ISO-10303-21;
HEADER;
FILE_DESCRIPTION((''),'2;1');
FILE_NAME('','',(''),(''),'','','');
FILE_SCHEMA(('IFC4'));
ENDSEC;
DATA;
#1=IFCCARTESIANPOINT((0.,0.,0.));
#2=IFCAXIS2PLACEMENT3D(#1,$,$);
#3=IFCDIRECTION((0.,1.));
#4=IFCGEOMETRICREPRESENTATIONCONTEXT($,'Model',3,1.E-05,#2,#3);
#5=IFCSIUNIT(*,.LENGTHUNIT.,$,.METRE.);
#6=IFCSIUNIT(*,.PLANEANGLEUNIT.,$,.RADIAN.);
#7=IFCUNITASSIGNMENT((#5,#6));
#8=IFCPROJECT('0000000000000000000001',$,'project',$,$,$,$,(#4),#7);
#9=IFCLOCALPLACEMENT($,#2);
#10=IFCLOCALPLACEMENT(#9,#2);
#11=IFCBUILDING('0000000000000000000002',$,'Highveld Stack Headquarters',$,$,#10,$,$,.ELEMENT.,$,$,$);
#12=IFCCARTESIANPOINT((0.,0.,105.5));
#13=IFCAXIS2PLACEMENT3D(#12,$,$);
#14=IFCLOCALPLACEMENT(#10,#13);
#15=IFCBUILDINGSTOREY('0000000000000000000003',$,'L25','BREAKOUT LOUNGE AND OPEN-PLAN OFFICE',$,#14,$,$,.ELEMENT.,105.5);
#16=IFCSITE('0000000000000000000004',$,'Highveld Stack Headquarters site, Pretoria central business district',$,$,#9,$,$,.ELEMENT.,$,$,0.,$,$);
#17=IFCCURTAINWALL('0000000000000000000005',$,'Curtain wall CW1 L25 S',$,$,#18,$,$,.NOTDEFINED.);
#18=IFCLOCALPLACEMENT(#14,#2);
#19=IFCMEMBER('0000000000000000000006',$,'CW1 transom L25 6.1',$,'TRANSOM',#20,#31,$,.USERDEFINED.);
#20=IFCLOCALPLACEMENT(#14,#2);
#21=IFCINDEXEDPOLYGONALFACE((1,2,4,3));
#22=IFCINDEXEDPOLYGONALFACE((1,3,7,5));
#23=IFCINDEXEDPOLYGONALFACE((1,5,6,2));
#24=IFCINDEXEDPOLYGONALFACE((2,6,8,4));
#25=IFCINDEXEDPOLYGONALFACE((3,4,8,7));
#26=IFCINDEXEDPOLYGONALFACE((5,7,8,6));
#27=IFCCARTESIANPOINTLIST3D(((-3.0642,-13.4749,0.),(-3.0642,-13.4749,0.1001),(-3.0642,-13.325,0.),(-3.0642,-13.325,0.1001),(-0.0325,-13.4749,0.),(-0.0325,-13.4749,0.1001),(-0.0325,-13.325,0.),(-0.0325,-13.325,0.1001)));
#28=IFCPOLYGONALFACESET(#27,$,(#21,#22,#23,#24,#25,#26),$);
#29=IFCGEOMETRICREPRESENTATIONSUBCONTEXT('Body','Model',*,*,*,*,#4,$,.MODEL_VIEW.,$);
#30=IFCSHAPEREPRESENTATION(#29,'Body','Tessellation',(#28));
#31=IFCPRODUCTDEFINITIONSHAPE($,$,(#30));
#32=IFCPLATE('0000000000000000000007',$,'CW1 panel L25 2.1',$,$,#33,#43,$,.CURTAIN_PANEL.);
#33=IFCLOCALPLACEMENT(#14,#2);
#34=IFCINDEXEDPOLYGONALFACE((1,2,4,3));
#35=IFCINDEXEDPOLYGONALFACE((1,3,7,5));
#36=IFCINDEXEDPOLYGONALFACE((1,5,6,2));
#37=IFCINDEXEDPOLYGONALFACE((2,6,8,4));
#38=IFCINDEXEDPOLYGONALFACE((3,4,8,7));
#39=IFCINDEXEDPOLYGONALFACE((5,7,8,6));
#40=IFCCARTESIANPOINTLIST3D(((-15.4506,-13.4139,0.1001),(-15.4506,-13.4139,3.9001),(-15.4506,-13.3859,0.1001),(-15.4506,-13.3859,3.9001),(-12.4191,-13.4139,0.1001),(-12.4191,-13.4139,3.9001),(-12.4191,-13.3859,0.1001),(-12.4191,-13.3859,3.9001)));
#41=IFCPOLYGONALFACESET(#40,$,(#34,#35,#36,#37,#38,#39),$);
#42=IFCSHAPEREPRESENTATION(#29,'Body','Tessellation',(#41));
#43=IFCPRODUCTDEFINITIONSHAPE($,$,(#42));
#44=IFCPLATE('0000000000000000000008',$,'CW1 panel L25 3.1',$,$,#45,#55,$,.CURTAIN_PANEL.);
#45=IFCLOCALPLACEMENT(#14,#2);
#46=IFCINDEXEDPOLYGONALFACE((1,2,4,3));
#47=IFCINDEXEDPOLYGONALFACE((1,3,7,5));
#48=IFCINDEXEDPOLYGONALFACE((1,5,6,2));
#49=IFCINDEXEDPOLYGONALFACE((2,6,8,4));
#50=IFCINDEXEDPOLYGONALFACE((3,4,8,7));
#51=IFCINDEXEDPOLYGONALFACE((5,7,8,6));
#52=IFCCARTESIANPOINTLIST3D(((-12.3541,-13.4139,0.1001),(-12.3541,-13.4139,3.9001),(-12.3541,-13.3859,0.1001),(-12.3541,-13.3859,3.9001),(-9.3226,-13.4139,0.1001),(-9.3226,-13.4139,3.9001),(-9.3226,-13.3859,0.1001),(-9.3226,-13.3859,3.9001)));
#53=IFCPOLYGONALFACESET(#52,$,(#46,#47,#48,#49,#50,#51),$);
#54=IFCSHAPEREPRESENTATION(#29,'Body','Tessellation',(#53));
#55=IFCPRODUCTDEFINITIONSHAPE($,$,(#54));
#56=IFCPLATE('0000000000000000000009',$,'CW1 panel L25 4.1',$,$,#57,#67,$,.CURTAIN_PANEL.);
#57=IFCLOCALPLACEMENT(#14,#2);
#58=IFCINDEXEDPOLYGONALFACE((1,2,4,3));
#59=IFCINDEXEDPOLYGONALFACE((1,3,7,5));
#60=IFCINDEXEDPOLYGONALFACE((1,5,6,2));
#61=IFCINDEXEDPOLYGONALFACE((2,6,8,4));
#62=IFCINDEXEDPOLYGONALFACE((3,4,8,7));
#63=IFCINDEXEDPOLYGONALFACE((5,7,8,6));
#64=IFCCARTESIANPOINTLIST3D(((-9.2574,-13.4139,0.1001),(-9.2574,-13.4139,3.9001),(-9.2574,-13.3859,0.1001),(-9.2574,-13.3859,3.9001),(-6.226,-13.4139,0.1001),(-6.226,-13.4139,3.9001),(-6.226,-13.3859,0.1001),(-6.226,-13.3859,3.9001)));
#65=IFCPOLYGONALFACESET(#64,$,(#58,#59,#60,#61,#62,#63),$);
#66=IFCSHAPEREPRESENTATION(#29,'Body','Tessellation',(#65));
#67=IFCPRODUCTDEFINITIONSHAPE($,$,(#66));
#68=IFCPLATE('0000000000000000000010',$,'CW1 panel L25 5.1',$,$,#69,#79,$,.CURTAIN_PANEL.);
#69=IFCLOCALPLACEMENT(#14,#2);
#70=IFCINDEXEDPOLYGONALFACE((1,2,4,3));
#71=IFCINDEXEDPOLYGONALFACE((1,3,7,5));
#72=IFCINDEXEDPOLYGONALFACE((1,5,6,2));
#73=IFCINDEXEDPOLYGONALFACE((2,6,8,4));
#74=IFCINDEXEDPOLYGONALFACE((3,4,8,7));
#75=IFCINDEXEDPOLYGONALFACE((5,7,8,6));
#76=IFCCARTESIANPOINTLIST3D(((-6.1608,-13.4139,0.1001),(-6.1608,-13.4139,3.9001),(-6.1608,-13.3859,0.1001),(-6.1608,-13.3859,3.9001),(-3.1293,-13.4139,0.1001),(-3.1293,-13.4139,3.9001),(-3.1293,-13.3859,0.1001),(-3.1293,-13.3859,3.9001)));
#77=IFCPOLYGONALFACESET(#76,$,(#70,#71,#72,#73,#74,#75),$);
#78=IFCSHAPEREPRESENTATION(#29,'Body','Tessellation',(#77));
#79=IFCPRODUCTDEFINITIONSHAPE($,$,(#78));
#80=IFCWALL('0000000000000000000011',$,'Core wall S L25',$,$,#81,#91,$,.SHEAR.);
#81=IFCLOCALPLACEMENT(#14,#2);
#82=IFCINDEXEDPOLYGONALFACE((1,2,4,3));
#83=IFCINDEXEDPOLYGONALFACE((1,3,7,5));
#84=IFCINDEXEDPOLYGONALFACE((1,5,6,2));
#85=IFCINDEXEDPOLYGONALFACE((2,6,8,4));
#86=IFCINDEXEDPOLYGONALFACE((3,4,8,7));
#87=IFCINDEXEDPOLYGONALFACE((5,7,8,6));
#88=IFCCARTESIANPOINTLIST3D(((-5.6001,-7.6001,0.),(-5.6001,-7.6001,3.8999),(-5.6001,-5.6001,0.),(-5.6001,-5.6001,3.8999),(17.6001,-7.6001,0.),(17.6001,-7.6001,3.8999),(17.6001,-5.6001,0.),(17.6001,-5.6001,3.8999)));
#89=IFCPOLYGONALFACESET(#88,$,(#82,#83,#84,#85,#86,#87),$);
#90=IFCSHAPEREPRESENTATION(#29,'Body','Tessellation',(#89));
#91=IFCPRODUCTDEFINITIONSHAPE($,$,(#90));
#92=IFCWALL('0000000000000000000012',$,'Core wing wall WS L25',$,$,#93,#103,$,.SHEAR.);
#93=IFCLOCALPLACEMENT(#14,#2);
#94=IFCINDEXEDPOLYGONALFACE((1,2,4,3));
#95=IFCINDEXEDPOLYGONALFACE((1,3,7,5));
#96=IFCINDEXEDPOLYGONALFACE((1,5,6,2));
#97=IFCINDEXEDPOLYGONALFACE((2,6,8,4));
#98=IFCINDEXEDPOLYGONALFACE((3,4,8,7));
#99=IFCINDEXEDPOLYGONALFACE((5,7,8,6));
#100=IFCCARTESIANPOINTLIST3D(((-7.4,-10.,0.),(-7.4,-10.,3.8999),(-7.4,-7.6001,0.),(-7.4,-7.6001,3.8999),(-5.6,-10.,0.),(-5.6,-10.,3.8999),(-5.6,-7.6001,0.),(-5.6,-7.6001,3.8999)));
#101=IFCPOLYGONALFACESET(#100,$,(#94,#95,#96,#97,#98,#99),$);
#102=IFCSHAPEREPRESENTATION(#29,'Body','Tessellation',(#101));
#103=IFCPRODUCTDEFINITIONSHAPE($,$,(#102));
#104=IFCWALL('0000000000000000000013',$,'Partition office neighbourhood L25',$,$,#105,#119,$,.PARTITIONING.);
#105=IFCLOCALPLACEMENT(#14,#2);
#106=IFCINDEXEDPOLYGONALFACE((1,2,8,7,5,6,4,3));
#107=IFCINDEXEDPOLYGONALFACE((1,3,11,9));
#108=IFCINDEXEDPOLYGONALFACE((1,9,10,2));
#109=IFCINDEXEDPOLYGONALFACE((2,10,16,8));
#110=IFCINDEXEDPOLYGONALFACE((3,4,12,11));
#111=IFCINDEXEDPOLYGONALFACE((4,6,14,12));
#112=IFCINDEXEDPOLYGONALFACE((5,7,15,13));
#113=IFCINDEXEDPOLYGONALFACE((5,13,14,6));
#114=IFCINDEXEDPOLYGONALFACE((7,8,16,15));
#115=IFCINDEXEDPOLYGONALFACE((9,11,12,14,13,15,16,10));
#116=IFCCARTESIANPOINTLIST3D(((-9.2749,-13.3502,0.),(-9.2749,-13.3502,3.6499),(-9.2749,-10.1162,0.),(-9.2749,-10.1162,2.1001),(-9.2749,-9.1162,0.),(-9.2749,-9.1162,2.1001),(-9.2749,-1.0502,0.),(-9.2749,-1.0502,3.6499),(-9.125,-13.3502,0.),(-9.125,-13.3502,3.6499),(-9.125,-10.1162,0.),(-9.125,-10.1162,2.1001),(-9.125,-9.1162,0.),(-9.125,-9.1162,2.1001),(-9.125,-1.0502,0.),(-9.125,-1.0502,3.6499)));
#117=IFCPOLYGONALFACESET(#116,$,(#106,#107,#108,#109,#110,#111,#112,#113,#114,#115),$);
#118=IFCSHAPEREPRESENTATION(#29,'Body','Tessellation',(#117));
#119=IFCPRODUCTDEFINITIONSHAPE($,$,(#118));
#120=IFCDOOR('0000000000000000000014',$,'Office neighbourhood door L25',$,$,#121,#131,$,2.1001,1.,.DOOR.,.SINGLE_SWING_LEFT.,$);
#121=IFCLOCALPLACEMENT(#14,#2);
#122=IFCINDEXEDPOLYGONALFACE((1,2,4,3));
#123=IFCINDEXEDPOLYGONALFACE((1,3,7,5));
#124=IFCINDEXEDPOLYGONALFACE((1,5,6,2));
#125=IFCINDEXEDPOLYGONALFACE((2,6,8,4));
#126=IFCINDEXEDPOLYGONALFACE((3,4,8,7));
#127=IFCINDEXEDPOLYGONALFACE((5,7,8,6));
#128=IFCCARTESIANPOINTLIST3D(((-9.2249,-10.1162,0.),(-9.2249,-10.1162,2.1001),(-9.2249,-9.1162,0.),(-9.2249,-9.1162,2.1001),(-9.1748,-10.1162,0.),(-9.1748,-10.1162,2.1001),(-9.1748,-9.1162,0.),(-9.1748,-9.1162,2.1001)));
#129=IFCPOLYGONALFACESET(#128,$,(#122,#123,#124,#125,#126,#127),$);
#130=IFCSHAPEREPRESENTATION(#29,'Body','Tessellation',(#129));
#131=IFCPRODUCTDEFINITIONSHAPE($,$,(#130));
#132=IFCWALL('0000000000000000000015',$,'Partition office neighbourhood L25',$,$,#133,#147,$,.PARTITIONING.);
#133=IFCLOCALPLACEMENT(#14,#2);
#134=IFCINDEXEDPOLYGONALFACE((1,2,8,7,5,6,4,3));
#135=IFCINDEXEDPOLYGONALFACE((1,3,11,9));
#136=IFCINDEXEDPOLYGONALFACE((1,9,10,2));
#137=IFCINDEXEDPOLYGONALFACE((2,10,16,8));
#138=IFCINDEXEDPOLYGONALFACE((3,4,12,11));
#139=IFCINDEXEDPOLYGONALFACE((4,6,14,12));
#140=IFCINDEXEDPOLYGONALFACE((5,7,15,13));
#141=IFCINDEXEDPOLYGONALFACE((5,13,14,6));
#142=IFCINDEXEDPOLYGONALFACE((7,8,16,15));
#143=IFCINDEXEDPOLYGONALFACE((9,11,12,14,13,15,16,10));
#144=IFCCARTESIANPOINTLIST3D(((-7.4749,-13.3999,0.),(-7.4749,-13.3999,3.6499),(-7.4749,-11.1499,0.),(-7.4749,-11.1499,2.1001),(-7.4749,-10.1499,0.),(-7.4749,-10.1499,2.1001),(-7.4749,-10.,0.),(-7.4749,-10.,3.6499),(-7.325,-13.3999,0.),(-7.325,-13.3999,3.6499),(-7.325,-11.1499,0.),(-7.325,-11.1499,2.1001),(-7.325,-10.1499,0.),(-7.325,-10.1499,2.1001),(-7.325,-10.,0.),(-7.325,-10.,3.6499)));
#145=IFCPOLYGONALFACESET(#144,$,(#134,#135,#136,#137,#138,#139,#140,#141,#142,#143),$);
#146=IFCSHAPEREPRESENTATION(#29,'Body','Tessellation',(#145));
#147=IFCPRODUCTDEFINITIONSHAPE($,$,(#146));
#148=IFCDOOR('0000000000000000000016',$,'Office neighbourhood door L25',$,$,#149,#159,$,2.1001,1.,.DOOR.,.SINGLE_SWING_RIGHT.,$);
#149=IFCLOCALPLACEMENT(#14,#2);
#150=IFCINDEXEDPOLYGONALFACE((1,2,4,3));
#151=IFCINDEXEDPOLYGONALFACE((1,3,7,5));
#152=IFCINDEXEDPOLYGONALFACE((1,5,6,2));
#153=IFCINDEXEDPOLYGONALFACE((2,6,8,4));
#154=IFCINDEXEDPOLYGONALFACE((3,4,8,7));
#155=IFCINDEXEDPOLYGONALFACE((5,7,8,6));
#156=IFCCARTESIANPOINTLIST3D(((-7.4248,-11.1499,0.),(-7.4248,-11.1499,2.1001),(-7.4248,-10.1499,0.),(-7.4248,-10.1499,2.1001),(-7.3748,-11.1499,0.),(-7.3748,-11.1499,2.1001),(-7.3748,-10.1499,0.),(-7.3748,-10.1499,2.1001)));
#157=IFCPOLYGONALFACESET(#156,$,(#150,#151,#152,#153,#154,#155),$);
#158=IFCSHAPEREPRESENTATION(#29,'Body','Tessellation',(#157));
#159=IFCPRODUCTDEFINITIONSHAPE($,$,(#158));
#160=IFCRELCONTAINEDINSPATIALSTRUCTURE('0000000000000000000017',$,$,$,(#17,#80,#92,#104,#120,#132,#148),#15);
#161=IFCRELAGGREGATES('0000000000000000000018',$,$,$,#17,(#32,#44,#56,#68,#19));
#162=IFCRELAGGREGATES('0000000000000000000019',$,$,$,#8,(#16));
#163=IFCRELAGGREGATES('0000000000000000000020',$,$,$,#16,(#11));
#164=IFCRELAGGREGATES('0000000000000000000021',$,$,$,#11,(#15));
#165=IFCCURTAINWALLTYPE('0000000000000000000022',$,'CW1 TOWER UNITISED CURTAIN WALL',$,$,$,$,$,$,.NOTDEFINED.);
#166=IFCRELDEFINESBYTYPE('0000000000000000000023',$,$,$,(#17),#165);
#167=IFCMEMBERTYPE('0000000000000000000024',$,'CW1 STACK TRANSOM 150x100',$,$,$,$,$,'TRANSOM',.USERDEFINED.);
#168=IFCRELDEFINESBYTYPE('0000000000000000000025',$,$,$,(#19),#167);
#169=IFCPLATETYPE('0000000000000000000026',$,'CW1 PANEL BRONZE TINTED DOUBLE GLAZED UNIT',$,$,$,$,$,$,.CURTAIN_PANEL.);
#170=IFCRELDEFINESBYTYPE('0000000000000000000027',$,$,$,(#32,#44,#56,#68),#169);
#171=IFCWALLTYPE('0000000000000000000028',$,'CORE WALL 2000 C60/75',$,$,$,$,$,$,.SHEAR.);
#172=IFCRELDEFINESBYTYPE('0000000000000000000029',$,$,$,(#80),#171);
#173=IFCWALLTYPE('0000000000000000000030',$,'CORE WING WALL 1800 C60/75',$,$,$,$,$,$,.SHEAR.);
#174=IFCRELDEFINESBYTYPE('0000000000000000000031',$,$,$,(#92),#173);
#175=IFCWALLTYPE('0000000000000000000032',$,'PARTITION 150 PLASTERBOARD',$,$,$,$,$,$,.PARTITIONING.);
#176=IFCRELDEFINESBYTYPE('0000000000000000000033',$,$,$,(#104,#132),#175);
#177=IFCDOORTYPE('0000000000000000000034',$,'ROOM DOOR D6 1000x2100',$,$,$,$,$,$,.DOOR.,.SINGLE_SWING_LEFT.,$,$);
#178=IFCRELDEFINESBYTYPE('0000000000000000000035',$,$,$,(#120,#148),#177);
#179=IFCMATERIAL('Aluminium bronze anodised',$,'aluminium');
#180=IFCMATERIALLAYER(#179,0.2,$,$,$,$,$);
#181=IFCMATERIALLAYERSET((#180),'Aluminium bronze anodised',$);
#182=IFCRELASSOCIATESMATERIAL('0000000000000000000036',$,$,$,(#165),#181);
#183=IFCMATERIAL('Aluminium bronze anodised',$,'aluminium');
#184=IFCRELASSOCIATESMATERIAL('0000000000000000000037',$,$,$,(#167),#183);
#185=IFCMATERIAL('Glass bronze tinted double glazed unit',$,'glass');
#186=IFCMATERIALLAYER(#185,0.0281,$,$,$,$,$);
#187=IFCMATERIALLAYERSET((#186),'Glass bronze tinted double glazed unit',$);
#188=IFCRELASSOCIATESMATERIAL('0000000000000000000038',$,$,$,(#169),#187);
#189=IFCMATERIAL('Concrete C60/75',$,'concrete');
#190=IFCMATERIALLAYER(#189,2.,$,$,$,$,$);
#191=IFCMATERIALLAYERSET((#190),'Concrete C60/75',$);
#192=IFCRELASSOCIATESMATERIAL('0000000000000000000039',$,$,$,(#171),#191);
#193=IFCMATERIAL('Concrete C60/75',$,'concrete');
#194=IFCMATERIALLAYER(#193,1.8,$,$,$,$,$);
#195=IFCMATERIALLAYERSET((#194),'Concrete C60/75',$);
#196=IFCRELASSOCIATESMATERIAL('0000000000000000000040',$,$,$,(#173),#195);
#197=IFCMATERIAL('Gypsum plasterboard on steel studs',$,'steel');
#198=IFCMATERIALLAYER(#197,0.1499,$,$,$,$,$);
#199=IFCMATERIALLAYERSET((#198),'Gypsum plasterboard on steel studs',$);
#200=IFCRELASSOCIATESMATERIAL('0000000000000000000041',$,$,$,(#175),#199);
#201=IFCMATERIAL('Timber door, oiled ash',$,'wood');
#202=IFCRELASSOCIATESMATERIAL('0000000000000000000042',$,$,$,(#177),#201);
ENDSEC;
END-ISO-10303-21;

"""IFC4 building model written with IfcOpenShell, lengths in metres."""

from ifc_helpers import new_model, si_unit, direction, frame, frame_2d, origin, origin_2d, place, context, subcontext, project, spatial, rectangle, extrude, material, layer, layer_set, material_profile, profile_set, type_object, element, fill, aggregate, save


model = new_model("IFC4")

# Units and contexts
model_context = context("Model", 3, precision=1e-05, world=origin(), true_north=direction((0.0, 1.0)))
body_context = subcontext(model_context, "Body", "Model", "MODEL_VIEW")
ifc_project = project(units=[si_unit("LENGTHUNIT", "METRE"), si_unit("PLANEANGLEUNIT", "RADIAN")], contexts=[model_context])

# Site, building, storey
site_placement = place(None, origin())
site = spatial("IfcSite", under=ifc_project, at=site_placement, Name="Highveld Stack Headquarters site, Pretoria central business district", CompositionType="ELEMENT", RefElevation=0.0)
building_placement = place(site_placement, origin())
building = spatial("IfcBuilding", under=site, at=building_placement, Name="Highveld Stack Headquarters", CompositionType="ELEMENT")
storey_placement = place(building_placement, frame((0.0, 0.0, 105.5)))
storey = spatial("IfcBuildingStorey", under=building, at=storey_placement, Name="L25", Description="BREAKOUT LOUNGE AND OPEN-PLAN OFFICE", CompositionType="ELEMENT", Elevation=105.5)

# Curtain wall, member, plates
ifc_material_1 = material(Name="Aluminium bronze anodised", Category="aluminium")
ifc_layer_1 = layer(ifc_material_1, 0.2)
ifc_layer_set_1 = layer_set([ifc_layer_1], Name="Aluminium bronze anodised")
curtain_wall_type = type_object("IfcCurtainWallType", Name="CW1 TOWER UNITISED CURTAIN WALL", PredefinedType="NOTDEFINED", material=ifc_layer_set_1)
curtain_wall_placement = place(storey_placement, origin())
curtain_wall = element("IfcCurtainWall", 1, at=curtain_wall_placement, inside=storey, type_object=curtain_wall_type, Name="Curtain wall CW1 L25 S", PredefinedType="NOTDEFINED")
ifc_material_2 = material(Name="Aluminium bronze anodised", Category="aluminium")
ifc_material_profile_1 = material_profile(ifc_material_2, rectangle(XDim=0.1499, YDim=0.1001, at=origin_2d()), Name="CW1 TRANSOM 150x100")
ifc_profile_set_1 = profile_set([ifc_material_profile_1], Name="Aluminium bronze anodised")
member_type_1 = type_object("IfcMemberType", Name="CW1 STACK TRANSOM 150x100", ElementType="TRANSOM", PredefinedType="USERDEFINED", material=ifc_profile_set_1)
member_1_placement = place(storey_placement, frame((-3.0642, -13.3999, 0.05), z_axis=(1.0, 0.0, 0.0), x_axis=(0.0, 1.0, 0.0)))
member_1 = element("IfcMember", 2, at=member_1_placement, type_object=member_type_1, Name="CW1 transom L25 6.1", ObjectType="TRANSOM", PredefinedType="USERDEFINED", context=body_context, shape_type="SweptSolid", body=[
    extrude(rectangle(XDim=0.1499, YDim=0.1001, at=origin_2d()), origin(), (0.0, 0.0, 1.0), 3.0317),
])
ifc_material_3 = material(Name="Glass bronze tinted double glazed unit", Category="glass")
ifc_layer_2 = layer(ifc_material_3, 0.0281)
ifc_layer_set_2 = layer_set([ifc_layer_2], Name="Glass bronze tinted double glazed unit")
plate_type = type_object("IfcPlateType", Name="CW1 PANEL BRONZE TINTED DOUBLE GLAZED UNIT", PredefinedType="CURTAIN_PANEL", material=ifc_layer_set_2)
plate_1_placement = place(storey_placement, frame((-13.9348, -13.3999, 0.1001), z_axis=(0.0, 0.0, 1.0), x_axis=(1.0, 0.0, 0.0)))
plate_1 = element("IfcPlate", 3, at=plate_1_placement, type_object=plate_type, Name="CW1 panel L25 2.1", PredefinedType="CURTAIN_PANEL", context=body_context, shape_type="SweptSolid", body=[
    extrude(rectangle(XDim=3.0315, YDim=0.0281, at=origin_2d()), origin(), (0.0, 0.0, 1.0), 3.8),
])
plate_2_placement = place(storey_placement, frame((-10.8384, -13.3999, 0.1001), z_axis=(0.0, 0.0, 1.0), x_axis=(1.0, 0.0, 0.0)))
plate_2 = element("IfcPlate", 4, at=plate_2_placement, type_object=plate_type, Name="CW1 panel L25 3.1", PredefinedType="CURTAIN_PANEL", context=body_context, shape_type="SweptSolid", body=[
    extrude(rectangle(XDim=3.0315, YDim=0.0281, at=origin_2d()), origin(), (0.0, 0.0, 1.0), 3.8),
])
plate_3_placement = place(storey_placement, frame((-7.7417, -13.3999, 0.1001), z_axis=(0.0, 0.0, 1.0), x_axis=(1.0, 0.0, 0.0)))
plate_3 = element("IfcPlate", 5, at=plate_3_placement, type_object=plate_type, Name="CW1 panel L25 4.1", PredefinedType="CURTAIN_PANEL", context=body_context, shape_type="SweptSolid", body=[
    extrude(rectangle(XDim=3.0315, YDim=0.0281, at=origin_2d()), origin(), (0.0, 0.0, 1.0), 3.8),
])
plate_4_placement = place(storey_placement, frame((-4.645, -13.3999, 0.1001), z_axis=(0.0, 0.0, 1.0), x_axis=(1.0, 0.0, 0.0)))
plate_4 = element("IfcPlate", 6, at=plate_4_placement, type_object=plate_type, Name="CW1 panel L25 5.1", PredefinedType="CURTAIN_PANEL", context=body_context, shape_type="SweptSolid", body=[
    extrude(rectangle(XDim=3.0315, YDim=0.0281, at=origin_2d()), origin(), (0.0, 0.0, 1.0), 3.8),
])
aggregate(curtain_wall, [plate_1, plate_2, plate_3, plate_4, member_1])

# Walls
ifc_material_4 = material(Name="Concrete C60/75", Category="concrete")
ifc_layer_3 = layer(ifc_material_4, 2.0)
ifc_layer_set_3 = layer_set([ifc_layer_3], Name="Concrete C60/75")
wall_type_1 = type_object("IfcWallType", Name="CORE WALL 2000 C60/75", PredefinedType="SHEAR", material=ifc_layer_set_3)
wall_1_placement = place(storey_placement, frame((-5.6001, -6.6001, 0.0), z_axis=(0.0, 0.0, 1.0), x_axis=(1.0, 0.0, 0.0)))
element("IfcWall", 7, at=wall_1_placement, inside=storey, type_object=wall_type_1, Name="Core wall S L25", PredefinedType="SHEAR", context=body_context, shape_type="SweptSolid", body=[
    extrude(rectangle(XDim=23.2002, YDim=2.0, at=frame_2d((11.6001, 0.0))), origin(), (0.0, 0.0, 1.0), 3.8999),
])
ifc_material_5 = material(Name="Concrete C60/75", Category="concrete")
ifc_layer_4 = layer(ifc_material_5, 1.8)
ifc_layer_set_4 = layer_set([ifc_layer_4], Name="Concrete C60/75")
wall_type_2 = type_object("IfcWallType", Name="CORE WING WALL 1800 C60/75", PredefinedType="SHEAR", material=ifc_layer_set_4)
wall_2_placement = place(storey_placement, frame((-6.5, -10.0, 0.0), z_axis=(0.0, 0.0, 1.0), x_axis=(0.0, 1.0, 0.0)))
element("IfcWall", 8, at=wall_2_placement, inside=storey, type_object=wall_type_2, Name="Core wing wall WS L25", PredefinedType="SHEAR", context=body_context, shape_type="SweptSolid", body=[
    extrude(rectangle(XDim=2.3999, YDim=1.8, at=frame_2d((1.2, 0.0))), origin(), (0.0, 0.0, 1.0), 3.8999),
])

# Walls, openings, doors
ifc_material_6 = material(Name="Gypsum plasterboard on steel studs", Category="steel")
ifc_layer_5 = layer(ifc_material_6, 0.1499)
ifc_layer_set_5 = layer_set([ifc_layer_5], Name="Gypsum plasterboard on steel studs")
wall_type_3 = type_object("IfcWallType", Name="PARTITION 150 PLASTERBOARD", PredefinedType="PARTITIONING", material=ifc_layer_set_5)
wall_3_placement = place(storey_placement, frame((-9.2, -13.3501, 0.0), z_axis=(0.0, 0.0, 1.0), x_axis=(0.0, 1.0, 0.0)))
wall_3 = element("IfcWall", 9, at=wall_3_placement, inside=storey, type_object=wall_type_3, Name="Partition office neighbourhood L25", PredefinedType="PARTITIONING", context=body_context, shape_type="SweptSolid", body=[
    extrude(rectangle(XDim=12.3, YDim=0.1499, at=frame_2d((6.1499, 0.0))), origin(), (0.0, 0.0, 1.0), 3.6499),
])
opening_1_placement = place(wall_3_placement, frame((3.2339, 0.0, 0.0)))
opening_1 = element("IfcOpeningElement", 10, at=opening_1_placement, cuts=wall_3, PredefinedType="OPENING", context=body_context, shape_type="SweptSolid", body=[
    extrude(rectangle(XDim=1.0, YDim=2.1001, at=frame_2d((0.5, 1.05))), frame((0.0, 0.085, 0.0), z_axis=(0.0, -1.0, 0.0), x_axis=(1.0, 0.0, 0.0)), (0.0, 0.0, 1.0), 0.1699),
])
ifc_material_7 = material(Name="Timber door, oiled ash", Category="wood")
door_type_1 = type_object("IfcDoorType", Name="ROOM DOOR D6 1000x2100", OperationType="SINGLE_SWING_LEFT", PredefinedType="DOOR", material=ifc_material_7)
door_1_placement = place(opening_1_placement, origin())
door_1 = element("IfcDoor", 11, at=door_1_placement, inside=storey, type_object=door_type_1, Name="Office neighbourhood door L25", OperationType="SINGLE_SWING_LEFT", OverallHeight=2.1001, OverallWidth=1.0, PredefinedType="DOOR", context=body_context, shape_type="SweptSolid", body=[
    extrude(rectangle(XDim=1.0, YDim=2.1001, at=frame_2d((0.5, 1.05))), frame((0.0, 0.0249, 0.0), z_axis=(0.0, -1.0, 0.0), x_axis=(1.0, 0.0, 0.0)), (0.0, 0.0, 1.0), 0.05),
])
fill(opening_1, door_1)
wall_4_placement = place(storey_placement, frame((-7.3999, -13.3999, 0.0), z_axis=(0.0, 0.0, 1.0), x_axis=(0.0, 1.0, 0.0)))
wall_4 = element("IfcWall", 12, at=wall_4_placement, inside=storey, type_object=wall_type_3, Name="Partition office neighbourhood L25", PredefinedType="PARTITIONING", context=body_context, shape_type="SweptSolid", body=[
    extrude(rectangle(XDim=3.3999, YDim=0.1499, at=frame_2d((1.7, 0.0))), origin(), (0.0, 0.0, 1.0), 3.6499),
])
opening_2_placement = place(wall_4_placement, frame((2.25, 0.0, 0.0)))
opening_2 = element("IfcOpeningElement", 13, at=opening_2_placement, cuts=wall_4, PredefinedType="OPENING", context=body_context, shape_type="SweptSolid", body=[
    extrude(rectangle(XDim=1.0, YDim=2.1001, at=frame_2d((0.5, 1.05))), frame((0.0, 0.085, 0.0), z_axis=(0.0, -1.0, 0.0), x_axis=(1.0, 0.0, 0.0)), (0.0, 0.0, 1.0), 0.1699),
])
door_2_placement = place(opening_2_placement, origin())
door_2 = element("IfcDoor", 14, at=door_2_placement, inside=storey, type_object=door_type_1, Name="Office neighbourhood door L25", OperationType="SINGLE_SWING_RIGHT", OverallHeight=2.1001, OverallWidth=1.0, PredefinedType="DOOR", context=body_context, shape_type="SweptSolid", body=[
    extrude(rectangle(XDim=1.0, YDim=2.1001, at=frame_2d((0.5, 1.05))), frame((0.0, 0.0249, 0.0), z_axis=(0.0, -1.0, 0.0), x_axis=(1.0, 0.0, 0.0)), (0.0, 0.0, 1.0), 0.05),
])
fill(opening_2, door_2)

save(model, "model.ifc")
